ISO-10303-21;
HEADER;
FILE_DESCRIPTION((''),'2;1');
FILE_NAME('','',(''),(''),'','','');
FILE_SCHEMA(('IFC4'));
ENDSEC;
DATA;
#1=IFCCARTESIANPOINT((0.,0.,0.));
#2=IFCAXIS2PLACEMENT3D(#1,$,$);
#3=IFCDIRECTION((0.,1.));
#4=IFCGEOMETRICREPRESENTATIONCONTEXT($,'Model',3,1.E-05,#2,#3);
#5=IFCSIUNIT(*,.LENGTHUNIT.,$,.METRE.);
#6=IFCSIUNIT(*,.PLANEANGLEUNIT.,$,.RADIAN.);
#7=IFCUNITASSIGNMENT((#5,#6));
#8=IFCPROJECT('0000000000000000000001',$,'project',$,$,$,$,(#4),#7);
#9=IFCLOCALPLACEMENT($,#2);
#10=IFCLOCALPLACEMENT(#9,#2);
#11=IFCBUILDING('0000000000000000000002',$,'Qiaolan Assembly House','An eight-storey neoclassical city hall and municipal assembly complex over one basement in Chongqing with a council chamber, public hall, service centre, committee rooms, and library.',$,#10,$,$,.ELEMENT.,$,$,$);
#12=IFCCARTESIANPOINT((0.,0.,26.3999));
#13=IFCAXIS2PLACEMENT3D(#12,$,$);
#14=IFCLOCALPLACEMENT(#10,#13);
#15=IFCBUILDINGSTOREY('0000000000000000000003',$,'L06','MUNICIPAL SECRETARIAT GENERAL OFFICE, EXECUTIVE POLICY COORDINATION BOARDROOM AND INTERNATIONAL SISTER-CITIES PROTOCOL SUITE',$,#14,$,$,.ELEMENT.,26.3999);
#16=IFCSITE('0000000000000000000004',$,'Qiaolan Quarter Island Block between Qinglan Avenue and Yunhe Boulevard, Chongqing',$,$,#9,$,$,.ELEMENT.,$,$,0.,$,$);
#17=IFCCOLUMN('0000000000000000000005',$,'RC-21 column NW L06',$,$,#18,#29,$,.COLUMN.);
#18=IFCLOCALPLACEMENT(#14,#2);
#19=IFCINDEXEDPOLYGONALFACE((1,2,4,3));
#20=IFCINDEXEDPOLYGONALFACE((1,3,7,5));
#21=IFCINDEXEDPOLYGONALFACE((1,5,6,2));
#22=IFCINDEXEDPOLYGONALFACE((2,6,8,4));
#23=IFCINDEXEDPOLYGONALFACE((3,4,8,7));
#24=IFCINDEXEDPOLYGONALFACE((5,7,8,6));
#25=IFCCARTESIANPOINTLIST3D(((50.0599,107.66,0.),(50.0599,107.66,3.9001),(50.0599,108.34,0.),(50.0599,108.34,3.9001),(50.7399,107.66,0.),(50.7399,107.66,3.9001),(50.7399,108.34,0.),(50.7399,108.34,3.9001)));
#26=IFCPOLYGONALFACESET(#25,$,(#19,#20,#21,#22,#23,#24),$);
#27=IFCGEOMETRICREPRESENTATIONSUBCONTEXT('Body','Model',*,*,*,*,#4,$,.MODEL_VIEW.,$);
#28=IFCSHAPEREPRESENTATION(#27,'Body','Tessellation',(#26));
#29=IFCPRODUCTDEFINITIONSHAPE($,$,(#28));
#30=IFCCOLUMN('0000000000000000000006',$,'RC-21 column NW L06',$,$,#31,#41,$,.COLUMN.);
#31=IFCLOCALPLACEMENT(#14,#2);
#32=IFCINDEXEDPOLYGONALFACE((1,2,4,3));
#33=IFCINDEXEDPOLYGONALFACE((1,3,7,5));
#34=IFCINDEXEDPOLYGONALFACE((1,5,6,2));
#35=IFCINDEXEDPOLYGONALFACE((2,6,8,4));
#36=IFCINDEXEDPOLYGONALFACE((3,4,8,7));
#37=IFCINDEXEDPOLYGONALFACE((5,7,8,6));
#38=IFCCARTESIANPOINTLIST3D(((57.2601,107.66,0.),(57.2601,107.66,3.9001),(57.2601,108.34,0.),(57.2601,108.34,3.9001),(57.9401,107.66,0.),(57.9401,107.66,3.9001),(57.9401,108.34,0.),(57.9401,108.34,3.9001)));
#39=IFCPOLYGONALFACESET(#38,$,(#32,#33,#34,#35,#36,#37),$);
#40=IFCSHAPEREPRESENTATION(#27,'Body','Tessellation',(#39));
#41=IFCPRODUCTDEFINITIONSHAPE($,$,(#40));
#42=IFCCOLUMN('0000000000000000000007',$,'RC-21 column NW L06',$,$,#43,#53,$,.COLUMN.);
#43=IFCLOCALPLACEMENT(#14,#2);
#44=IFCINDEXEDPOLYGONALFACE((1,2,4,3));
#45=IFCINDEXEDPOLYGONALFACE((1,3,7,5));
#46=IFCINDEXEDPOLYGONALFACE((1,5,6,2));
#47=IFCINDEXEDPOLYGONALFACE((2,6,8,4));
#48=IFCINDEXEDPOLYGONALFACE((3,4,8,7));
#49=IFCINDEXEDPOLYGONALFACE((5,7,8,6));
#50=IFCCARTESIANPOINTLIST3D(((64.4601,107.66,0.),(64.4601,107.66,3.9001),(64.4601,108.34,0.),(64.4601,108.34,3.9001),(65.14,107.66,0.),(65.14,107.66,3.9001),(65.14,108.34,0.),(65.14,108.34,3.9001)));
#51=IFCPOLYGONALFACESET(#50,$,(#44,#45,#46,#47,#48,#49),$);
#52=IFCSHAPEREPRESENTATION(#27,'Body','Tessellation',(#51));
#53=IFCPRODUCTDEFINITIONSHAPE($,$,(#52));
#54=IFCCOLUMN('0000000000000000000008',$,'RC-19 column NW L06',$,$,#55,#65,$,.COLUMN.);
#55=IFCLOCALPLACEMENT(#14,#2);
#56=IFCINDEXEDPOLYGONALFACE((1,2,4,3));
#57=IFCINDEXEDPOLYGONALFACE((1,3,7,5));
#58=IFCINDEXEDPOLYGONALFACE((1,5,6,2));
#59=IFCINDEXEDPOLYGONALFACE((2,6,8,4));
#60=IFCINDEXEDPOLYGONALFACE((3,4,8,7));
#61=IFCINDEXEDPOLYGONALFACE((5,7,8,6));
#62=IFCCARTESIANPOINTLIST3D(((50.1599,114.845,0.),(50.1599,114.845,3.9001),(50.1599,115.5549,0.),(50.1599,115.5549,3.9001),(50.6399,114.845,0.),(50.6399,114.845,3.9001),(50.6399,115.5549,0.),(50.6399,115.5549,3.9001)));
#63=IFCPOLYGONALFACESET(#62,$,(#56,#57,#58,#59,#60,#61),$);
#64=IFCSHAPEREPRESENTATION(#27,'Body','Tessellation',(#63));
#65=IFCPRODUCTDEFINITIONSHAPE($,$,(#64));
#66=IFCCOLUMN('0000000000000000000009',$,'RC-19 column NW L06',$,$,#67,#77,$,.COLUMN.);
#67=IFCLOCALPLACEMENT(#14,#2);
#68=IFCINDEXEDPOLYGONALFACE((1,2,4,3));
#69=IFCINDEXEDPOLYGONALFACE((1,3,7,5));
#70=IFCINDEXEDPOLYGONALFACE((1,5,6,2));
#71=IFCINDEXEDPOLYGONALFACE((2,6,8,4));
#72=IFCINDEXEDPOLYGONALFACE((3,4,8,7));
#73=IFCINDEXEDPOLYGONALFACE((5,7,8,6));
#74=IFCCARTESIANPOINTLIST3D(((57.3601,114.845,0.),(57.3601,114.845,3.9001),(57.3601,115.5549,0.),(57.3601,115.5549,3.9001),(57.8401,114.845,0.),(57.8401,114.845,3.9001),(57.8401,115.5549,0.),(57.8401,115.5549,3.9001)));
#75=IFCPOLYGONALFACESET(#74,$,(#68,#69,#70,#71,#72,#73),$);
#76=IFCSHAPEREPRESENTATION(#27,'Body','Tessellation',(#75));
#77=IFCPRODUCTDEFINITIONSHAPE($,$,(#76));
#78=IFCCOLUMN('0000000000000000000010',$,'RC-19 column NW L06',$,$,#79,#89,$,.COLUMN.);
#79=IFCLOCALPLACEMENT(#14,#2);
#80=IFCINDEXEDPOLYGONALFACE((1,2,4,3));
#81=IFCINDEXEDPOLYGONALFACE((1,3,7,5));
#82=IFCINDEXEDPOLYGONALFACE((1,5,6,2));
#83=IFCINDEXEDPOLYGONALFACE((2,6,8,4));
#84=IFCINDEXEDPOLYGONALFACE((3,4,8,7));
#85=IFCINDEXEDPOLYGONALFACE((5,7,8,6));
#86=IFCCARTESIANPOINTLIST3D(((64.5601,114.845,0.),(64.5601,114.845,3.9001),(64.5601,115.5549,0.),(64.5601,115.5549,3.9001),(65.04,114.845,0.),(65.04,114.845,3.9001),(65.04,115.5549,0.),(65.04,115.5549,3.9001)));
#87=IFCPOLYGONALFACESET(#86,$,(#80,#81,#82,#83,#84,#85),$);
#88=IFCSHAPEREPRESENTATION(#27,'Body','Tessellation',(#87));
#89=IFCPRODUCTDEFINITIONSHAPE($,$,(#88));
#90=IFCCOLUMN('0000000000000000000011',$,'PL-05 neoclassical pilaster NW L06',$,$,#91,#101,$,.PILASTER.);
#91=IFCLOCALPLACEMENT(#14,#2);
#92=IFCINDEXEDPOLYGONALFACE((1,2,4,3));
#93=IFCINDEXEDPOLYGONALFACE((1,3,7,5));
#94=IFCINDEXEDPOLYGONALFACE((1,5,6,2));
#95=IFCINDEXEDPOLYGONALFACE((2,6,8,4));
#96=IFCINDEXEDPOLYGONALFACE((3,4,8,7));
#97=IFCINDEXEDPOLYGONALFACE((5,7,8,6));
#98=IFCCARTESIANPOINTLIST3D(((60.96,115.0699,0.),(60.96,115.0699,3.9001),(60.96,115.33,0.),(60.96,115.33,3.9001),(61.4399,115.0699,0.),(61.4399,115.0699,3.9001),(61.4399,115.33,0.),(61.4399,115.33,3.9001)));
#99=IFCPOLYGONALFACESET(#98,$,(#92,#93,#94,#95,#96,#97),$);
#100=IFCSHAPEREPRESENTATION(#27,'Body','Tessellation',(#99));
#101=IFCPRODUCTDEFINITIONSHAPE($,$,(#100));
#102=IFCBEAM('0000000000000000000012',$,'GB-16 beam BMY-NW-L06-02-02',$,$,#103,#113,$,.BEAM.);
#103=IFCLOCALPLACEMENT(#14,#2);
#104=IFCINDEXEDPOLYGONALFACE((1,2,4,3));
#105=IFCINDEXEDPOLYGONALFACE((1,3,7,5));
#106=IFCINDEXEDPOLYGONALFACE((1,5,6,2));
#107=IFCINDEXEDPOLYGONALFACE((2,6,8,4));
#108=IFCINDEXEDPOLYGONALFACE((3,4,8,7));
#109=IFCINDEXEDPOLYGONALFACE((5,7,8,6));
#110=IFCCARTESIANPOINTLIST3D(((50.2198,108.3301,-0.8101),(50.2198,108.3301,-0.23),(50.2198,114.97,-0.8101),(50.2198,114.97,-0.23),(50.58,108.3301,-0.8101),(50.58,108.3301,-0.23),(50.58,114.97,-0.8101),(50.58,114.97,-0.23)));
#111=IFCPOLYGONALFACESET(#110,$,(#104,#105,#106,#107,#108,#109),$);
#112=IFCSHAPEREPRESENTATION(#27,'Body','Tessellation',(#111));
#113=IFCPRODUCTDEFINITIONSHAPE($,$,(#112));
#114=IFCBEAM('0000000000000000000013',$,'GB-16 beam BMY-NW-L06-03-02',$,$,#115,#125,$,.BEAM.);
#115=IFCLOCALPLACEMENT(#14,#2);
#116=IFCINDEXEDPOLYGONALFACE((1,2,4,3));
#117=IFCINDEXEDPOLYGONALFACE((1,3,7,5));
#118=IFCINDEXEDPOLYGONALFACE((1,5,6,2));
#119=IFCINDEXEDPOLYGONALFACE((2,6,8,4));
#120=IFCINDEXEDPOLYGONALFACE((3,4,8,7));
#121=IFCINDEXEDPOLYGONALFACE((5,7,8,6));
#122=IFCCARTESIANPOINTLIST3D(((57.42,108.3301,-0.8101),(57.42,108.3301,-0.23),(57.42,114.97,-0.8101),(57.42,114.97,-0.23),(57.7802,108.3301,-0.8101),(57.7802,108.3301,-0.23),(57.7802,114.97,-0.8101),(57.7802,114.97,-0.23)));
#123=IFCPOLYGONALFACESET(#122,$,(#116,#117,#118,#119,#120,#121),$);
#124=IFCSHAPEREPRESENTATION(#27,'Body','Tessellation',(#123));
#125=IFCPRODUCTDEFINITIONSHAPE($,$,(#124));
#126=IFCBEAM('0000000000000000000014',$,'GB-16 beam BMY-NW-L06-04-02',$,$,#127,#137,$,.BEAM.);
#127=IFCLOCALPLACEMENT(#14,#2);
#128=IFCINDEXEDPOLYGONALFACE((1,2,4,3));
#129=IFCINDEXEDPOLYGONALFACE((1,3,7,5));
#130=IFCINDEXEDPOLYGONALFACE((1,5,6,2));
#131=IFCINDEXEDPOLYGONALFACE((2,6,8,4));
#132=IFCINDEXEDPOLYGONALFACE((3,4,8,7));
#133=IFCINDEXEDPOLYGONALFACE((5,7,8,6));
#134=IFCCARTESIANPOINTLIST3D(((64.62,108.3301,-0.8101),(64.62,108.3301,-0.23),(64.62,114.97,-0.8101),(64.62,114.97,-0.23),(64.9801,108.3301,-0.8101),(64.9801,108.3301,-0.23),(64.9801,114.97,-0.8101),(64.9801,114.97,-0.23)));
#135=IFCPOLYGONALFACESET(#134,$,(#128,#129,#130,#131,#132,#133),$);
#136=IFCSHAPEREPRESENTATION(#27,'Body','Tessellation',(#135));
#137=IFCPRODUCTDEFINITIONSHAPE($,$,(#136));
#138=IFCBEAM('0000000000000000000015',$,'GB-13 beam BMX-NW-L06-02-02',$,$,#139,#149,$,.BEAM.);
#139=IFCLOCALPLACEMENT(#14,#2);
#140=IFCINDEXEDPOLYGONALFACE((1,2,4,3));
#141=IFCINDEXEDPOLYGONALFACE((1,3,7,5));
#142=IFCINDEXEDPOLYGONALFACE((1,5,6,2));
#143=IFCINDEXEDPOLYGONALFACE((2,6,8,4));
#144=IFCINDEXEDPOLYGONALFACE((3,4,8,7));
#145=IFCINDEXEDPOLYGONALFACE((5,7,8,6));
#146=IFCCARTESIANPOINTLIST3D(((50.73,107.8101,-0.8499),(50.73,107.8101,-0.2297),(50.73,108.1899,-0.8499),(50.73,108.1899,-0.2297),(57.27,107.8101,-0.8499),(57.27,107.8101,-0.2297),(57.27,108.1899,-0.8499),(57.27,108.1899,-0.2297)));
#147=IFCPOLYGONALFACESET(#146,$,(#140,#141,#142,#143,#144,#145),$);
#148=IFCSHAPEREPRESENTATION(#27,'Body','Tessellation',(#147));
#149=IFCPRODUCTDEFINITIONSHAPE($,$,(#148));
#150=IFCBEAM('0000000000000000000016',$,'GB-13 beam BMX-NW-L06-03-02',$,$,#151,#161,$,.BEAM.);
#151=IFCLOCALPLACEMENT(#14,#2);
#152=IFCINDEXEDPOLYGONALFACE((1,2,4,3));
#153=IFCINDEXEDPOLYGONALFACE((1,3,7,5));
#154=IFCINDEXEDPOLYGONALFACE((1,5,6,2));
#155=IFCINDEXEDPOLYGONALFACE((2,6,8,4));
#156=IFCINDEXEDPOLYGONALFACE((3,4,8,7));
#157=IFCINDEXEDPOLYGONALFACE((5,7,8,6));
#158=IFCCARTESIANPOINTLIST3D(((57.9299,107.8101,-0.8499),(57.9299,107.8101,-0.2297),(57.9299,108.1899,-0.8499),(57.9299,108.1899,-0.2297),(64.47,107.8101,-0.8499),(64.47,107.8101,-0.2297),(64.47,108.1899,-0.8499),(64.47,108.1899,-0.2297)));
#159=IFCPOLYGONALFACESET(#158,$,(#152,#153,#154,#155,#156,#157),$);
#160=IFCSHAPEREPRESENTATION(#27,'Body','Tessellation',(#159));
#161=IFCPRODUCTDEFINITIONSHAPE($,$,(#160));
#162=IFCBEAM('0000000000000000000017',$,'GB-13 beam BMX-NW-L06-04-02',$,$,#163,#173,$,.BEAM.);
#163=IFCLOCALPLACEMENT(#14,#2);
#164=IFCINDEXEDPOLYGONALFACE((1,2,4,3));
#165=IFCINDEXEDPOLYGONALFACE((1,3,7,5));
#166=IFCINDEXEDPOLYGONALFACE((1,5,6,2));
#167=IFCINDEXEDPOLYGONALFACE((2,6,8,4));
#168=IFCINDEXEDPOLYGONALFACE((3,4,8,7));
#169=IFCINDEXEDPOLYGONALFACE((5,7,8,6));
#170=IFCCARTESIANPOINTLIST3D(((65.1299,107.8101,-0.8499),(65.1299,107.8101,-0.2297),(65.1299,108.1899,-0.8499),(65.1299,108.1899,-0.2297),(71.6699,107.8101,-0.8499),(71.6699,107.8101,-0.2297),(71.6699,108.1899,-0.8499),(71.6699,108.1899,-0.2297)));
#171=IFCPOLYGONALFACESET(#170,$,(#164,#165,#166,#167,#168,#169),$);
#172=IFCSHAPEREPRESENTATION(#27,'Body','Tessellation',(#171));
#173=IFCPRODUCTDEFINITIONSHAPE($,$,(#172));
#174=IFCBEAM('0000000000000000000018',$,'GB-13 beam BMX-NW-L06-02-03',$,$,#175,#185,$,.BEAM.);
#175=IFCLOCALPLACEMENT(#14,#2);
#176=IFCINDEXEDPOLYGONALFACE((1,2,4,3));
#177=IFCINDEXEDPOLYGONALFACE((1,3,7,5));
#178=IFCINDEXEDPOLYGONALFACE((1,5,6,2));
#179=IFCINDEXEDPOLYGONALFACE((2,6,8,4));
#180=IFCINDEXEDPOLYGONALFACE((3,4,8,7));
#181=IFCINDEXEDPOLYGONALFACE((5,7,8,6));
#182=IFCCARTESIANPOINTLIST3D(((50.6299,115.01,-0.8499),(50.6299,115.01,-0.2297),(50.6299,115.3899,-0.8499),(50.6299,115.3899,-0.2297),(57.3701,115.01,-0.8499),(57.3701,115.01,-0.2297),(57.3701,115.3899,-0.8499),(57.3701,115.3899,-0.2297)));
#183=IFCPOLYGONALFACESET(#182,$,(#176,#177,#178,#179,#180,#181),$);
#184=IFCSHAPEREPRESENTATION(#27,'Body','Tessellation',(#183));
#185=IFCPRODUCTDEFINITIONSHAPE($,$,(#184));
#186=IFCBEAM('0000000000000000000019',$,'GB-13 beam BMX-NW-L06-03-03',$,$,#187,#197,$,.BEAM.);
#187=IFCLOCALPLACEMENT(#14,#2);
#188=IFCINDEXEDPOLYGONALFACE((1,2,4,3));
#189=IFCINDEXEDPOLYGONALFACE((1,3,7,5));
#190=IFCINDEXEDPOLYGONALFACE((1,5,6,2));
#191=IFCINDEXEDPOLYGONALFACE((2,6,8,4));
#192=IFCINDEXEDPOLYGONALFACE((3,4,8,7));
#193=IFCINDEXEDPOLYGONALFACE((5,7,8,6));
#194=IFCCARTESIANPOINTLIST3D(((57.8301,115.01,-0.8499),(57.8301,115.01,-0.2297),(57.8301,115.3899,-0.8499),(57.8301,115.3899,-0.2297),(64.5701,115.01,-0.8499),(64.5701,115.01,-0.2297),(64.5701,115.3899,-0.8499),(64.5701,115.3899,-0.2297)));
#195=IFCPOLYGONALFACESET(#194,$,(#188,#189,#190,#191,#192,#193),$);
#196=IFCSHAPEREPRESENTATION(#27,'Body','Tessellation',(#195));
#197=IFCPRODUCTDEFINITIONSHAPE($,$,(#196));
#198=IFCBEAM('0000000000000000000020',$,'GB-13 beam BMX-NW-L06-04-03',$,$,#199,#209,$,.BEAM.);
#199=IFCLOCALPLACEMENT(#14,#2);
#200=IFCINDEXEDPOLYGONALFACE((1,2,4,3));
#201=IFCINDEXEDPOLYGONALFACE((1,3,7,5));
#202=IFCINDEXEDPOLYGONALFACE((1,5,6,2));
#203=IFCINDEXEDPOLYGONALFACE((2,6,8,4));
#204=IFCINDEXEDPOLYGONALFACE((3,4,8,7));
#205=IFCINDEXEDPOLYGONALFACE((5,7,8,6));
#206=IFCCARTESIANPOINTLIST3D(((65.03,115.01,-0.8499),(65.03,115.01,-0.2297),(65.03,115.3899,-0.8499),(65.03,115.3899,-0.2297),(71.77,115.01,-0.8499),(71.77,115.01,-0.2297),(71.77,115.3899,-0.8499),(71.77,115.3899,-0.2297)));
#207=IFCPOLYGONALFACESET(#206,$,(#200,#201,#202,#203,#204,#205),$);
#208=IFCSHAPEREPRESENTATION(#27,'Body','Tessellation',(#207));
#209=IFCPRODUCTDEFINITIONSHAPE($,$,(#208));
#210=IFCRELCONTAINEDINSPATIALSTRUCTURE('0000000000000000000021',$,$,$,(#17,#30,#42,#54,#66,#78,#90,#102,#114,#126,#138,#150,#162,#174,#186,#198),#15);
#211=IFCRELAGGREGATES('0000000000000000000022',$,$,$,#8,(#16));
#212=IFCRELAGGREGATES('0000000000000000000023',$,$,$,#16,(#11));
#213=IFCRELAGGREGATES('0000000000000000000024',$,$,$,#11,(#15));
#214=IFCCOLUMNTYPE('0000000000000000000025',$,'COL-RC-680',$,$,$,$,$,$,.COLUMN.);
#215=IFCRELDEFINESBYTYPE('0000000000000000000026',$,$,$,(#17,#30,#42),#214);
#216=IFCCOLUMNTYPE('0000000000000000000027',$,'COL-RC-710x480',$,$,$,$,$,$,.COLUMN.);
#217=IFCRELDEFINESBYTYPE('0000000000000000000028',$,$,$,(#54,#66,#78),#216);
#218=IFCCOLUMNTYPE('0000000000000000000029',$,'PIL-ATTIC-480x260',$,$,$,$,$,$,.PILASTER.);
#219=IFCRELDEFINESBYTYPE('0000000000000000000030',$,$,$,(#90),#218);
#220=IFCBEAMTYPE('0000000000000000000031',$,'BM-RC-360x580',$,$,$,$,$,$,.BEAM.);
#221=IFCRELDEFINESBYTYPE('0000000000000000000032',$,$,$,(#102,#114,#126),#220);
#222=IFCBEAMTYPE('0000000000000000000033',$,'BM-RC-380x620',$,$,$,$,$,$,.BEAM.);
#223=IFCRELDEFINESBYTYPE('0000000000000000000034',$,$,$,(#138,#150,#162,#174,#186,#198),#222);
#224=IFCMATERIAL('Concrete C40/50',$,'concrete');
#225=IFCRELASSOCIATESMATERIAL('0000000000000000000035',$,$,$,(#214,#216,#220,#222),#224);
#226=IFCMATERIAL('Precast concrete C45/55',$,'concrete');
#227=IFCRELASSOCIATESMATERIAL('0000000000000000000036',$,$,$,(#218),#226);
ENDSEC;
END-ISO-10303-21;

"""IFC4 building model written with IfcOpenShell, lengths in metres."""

from ifc_helpers import new_model, si_unit, direction, frame, origin, origin_2d, place, context, subcontext, project, spatial, rectangle, extrude, material, material_profile, profile_set, type_object, element, save


model = new_model("IFC4")

# Units and contexts
model_context = context("Model", 3, precision=1e-05, world=origin(), true_north=direction((0.0, 1.0)))
body_context = subcontext(model_context, "Body", "Model", "MODEL_VIEW")
ifc_project = project(units=[si_unit("LENGTHUNIT", "METRE"), si_unit("PLANEANGLEUNIT", "RADIAN")], contexts=[model_context])

# Site, building, storey
site_placement = place(None, origin())
site = spatial("IfcSite", under=ifc_project, at=site_placement, Name="Qiaolan Quarter Island Block between Qinglan Avenue and Yunhe Boulevard, Chongqing", CompositionType="ELEMENT", RefElevation=0.0)
building_placement = place(site_placement, origin())
building = spatial("IfcBuilding", under=site, at=building_placement, Name="Qiaolan Assembly House", Description="An eight-storey neoclassical city hall and municipal assembly complex over one basement in Chongqing with a council chamber, public hall, service centre, committee rooms, and library.", CompositionType="ELEMENT")
storey_placement = place(building_placement, frame((0.0, 0.0, 26.3999)))
storey = spatial("IfcBuildingStorey", under=building, at=storey_placement, Name="L06", Description="MUNICIPAL SECRETARIAT GENERAL OFFICE, EXECUTIVE POLICY COORDINATION BOARDROOM AND INTERNATIONAL SISTER-CITIES PROTOCOL SUITE", CompositionType="ELEMENT", Elevation=26.3999)

# Columns
ifc_material_1 = material(Name="Concrete C40/50", Category="concrete")
ifc_material_profile_1 = material_profile(ifc_material_1, rectangle(XDim=0.6799, YDim=0.6799, at=origin_2d()), Name="RC 680x680")
ifc_profile_set_1 = profile_set([ifc_material_profile_1], Name="Concrete C40/50")
column_type_1 = type_object("IfcColumnType", Name="COL-RC-680", PredefinedType="COLUMN", material=ifc_profile_set_1)
for number, where, z_axis, x_axis, name in (
    (1, (50.3999, 108.0, 0.0), (0.0, 0.0, 1.0), (1.0, 0.0, 0.0), "RC-21 column NW L06"),
    (2, (57.6001, 108.0, 0.0), (0.0, 0.0, 1.0), (1.0, 0.0, 0.0), "RC-21 column NW L06"),
    (3, (64.8, 108.0, 0.0), (0.0, 0.0, 1.0), (1.0, 0.0, 0.0), "RC-21 column NW L06"),
):
    element("IfcColumn", number, at=place(storey_placement, frame(where, z_axis=z_axis, x_axis=x_axis)), inside=storey, type_object=column_type_1, Name=name, PredefinedType="COLUMN", context=body_context, shape_type="SweptSolid", body=[
        extrude(rectangle(XDim=0.6799, YDim=0.6799, at=origin_2d()), origin(), (0.0, 0.0, 1.0), 3.9001),
    ])
ifc_material_profile_2 = material_profile(ifc_material_1, rectangle(XDim=0.48, YDim=0.71, at=origin_2d()), Name="RC 710x480")
ifc_profile_set_2 = profile_set([ifc_material_profile_2], Name="Concrete C40/50")
column_type_2 = type_object("IfcColumnType", Name="COL-RC-710x480", PredefinedType="COLUMN", material=ifc_profile_set_2)
for number, where, z_axis, x_axis, name in (
    (4, (50.3999, 115.2, 0.0), (0.0, 0.0, 1.0), (1.0, 0.0, 0.0), "RC-19 column NW L06"),
    (5, (57.6001, 115.2, 0.0), (0.0, 0.0, 1.0), (1.0, 0.0, 0.0), "RC-19 column NW L06"),
    (6, (64.8, 115.2, 0.0), (0.0, 0.0, 1.0), (1.0, 0.0, 0.0), "RC-19 column NW L06"),
):
    element("IfcColumn", number, at=place(storey_placement, frame(where, z_axis=z_axis, x_axis=x_axis)), inside=storey, type_object=column_type_2, Name=name, PredefinedType="COLUMN", context=body_context, shape_type="SweptSolid", body=[
        extrude(rectangle(XDim=0.48, YDim=0.71, at=origin_2d()), origin(), (0.0, 0.0, 1.0), 3.9001),
    ])
ifc_material_2 = material(Name="Precast concrete C45/55", Category="concrete")
ifc_material_profile_3 = material_profile(ifc_material_2, rectangle(XDim=0.48, YDim=0.26, at=origin_2d()), Name="PIL 480x260")
ifc_profile_set_3 = profile_set([ifc_material_profile_3], Name="Precast concrete C45/55")
column_type_3 = type_object("IfcColumnType", Name="PIL-ATTIC-480x260", PredefinedType="PILASTER", material=ifc_profile_set_3)
column_placement = place(storey_placement, frame((61.2, 115.2, 0.0), z_axis=(0.0, 0.0, 1.0), x_axis=(1.0, 0.0, 0.0)))
element("IfcColumn", 7, at=column_placement, inside=storey, type_object=column_type_3, Name="PL-05 neoclassical pilaster NW L06", PredefinedType="PILASTER", context=body_context, shape_type="SweptSolid", body=[
    extrude(rectangle(XDim=0.48, YDim=0.26, at=origin_2d()), origin(), (0.0, 0.0, 1.0), 3.9001),
])

# Beams
ifc_material_profile_4 = material_profile(ifc_material_1, rectangle(XDim=0.3601, YDim=0.5801, at=origin_2d()), Name="RCB 360x580")
ifc_profile_set_4 = profile_set([ifc_material_profile_4], Name="Concrete C40/50")
beam_type_1 = type_object("IfcBeamType", Name="BM-RC-360x580", PredefinedType="BEAM", material=ifc_profile_set_4)
for number, where, z_axis, x_axis, name in (
    (8, (50.3999, 108.3301, -0.52), (0.0, 1.0, 0.0), (-1.0, 0.0, 0.0), "GB-16 beam BMY-NW-L06-02-02"),
    (9, (57.6001, 108.3301, -0.52), (0.0, 1.0, 0.0), (-1.0, 0.0, 0.0), "GB-16 beam BMY-NW-L06-03-02"),
    (10, (64.8, 108.3301, -0.52), (0.0, 1.0, 0.0), (-1.0, 0.0, 0.0), "GB-16 beam BMY-NW-L06-04-02"),
):
    element("IfcBeam", number, at=place(storey_placement, frame(where, z_axis=z_axis, x_axis=x_axis)), inside=storey, type_object=beam_type_1, Name=name, PredefinedType="BEAM", context=body_context, shape_type="SweptSolid", body=[
        extrude(rectangle(XDim=0.3601, YDim=0.5801, at=origin_2d()), origin(), (0.0, 0.0, 1.0), 6.6399),
    ])
ifc_material_profile_5 = material_profile(ifc_material_1, rectangle(XDim=0.3799, YDim=0.6201, at=origin_2d()), Name="RCB 380x620")
ifc_profile_set_5 = profile_set([ifc_material_profile_5], Name="Concrete C40/50")
beam_type_2 = type_object("IfcBeamType", Name="BM-RC-380x620", PredefinedType="BEAM", material=ifc_profile_set_5)
for number, where, z_axis, x_axis, name in (
    (11, (50.73, 108.0, -0.5398), (1.0, 0.0, 0.0), (0.0, 1.0, 0.0), "GB-13 beam BMX-NW-L06-02-02"),
    (12, (57.9299, 108.0, -0.5398), (1.0, 0.0, 0.0), (0.0, 1.0, 0.0), "GB-13 beam BMX-NW-L06-03-02"),
    (13, (65.1299, 108.0, -0.5398), (1.0, 0.0, 0.0), (0.0, 1.0, 0.0), "GB-13 beam BMX-NW-L06-04-02"),
):
    element("IfcBeam", number, at=place(storey_placement, frame(where, z_axis=z_axis, x_axis=x_axis)), inside=storey, type_object=beam_type_2, Name=name, PredefinedType="BEAM", context=body_context, shape_type="SweptSolid", body=[
        extrude(rectangle(XDim=0.3799, YDim=0.6201, at=origin_2d()), origin(), (0.0, 0.0, 1.0), 6.54),
    ])
beam_placement = place(storey_placement, frame((50.6299, 115.2, -0.5398), z_axis=(1.0, 0.0, 0.0), x_axis=(0.0, 1.0, 0.0)))
element("IfcBeam", 14, at=beam_placement, inside=storey, type_object=beam_type_2, Name="GB-13 beam BMX-NW-L06-02-03", PredefinedType="BEAM", context=body_context, shape_type="SweptSolid", body=[
    extrude(rectangle(XDim=0.3799, YDim=0.6201, at=origin_2d()), origin(), (0.0, 0.0, 1.0), 6.7402),
])
for number, where, z_axis, x_axis, name in (
    (15, (57.8301, 115.2, -0.5398), (1.0, 0.0, 0.0), (0.0, 1.0, 0.0), "GB-13 beam BMX-NW-L06-03-03"),
    (16, (65.03, 115.2, -0.5398), (1.0, 0.0, 0.0), (0.0, 1.0, 0.0), "GB-13 beam BMX-NW-L06-04-03"),
):
    element("IfcBeam", number, at=place(storey_placement, frame(where, z_axis=z_axis, x_axis=x_axis)), inside=storey, type_object=beam_type_2, Name=name, PredefinedType="BEAM", context=body_context, shape_type="SweptSolid", body=[
        extrude(rectangle(XDim=0.3799, YDim=0.6201, at=origin_2d()), origin(), (0.0, 0.0, 1.0), 6.74),
    ])

save(model, "model.ifc")
